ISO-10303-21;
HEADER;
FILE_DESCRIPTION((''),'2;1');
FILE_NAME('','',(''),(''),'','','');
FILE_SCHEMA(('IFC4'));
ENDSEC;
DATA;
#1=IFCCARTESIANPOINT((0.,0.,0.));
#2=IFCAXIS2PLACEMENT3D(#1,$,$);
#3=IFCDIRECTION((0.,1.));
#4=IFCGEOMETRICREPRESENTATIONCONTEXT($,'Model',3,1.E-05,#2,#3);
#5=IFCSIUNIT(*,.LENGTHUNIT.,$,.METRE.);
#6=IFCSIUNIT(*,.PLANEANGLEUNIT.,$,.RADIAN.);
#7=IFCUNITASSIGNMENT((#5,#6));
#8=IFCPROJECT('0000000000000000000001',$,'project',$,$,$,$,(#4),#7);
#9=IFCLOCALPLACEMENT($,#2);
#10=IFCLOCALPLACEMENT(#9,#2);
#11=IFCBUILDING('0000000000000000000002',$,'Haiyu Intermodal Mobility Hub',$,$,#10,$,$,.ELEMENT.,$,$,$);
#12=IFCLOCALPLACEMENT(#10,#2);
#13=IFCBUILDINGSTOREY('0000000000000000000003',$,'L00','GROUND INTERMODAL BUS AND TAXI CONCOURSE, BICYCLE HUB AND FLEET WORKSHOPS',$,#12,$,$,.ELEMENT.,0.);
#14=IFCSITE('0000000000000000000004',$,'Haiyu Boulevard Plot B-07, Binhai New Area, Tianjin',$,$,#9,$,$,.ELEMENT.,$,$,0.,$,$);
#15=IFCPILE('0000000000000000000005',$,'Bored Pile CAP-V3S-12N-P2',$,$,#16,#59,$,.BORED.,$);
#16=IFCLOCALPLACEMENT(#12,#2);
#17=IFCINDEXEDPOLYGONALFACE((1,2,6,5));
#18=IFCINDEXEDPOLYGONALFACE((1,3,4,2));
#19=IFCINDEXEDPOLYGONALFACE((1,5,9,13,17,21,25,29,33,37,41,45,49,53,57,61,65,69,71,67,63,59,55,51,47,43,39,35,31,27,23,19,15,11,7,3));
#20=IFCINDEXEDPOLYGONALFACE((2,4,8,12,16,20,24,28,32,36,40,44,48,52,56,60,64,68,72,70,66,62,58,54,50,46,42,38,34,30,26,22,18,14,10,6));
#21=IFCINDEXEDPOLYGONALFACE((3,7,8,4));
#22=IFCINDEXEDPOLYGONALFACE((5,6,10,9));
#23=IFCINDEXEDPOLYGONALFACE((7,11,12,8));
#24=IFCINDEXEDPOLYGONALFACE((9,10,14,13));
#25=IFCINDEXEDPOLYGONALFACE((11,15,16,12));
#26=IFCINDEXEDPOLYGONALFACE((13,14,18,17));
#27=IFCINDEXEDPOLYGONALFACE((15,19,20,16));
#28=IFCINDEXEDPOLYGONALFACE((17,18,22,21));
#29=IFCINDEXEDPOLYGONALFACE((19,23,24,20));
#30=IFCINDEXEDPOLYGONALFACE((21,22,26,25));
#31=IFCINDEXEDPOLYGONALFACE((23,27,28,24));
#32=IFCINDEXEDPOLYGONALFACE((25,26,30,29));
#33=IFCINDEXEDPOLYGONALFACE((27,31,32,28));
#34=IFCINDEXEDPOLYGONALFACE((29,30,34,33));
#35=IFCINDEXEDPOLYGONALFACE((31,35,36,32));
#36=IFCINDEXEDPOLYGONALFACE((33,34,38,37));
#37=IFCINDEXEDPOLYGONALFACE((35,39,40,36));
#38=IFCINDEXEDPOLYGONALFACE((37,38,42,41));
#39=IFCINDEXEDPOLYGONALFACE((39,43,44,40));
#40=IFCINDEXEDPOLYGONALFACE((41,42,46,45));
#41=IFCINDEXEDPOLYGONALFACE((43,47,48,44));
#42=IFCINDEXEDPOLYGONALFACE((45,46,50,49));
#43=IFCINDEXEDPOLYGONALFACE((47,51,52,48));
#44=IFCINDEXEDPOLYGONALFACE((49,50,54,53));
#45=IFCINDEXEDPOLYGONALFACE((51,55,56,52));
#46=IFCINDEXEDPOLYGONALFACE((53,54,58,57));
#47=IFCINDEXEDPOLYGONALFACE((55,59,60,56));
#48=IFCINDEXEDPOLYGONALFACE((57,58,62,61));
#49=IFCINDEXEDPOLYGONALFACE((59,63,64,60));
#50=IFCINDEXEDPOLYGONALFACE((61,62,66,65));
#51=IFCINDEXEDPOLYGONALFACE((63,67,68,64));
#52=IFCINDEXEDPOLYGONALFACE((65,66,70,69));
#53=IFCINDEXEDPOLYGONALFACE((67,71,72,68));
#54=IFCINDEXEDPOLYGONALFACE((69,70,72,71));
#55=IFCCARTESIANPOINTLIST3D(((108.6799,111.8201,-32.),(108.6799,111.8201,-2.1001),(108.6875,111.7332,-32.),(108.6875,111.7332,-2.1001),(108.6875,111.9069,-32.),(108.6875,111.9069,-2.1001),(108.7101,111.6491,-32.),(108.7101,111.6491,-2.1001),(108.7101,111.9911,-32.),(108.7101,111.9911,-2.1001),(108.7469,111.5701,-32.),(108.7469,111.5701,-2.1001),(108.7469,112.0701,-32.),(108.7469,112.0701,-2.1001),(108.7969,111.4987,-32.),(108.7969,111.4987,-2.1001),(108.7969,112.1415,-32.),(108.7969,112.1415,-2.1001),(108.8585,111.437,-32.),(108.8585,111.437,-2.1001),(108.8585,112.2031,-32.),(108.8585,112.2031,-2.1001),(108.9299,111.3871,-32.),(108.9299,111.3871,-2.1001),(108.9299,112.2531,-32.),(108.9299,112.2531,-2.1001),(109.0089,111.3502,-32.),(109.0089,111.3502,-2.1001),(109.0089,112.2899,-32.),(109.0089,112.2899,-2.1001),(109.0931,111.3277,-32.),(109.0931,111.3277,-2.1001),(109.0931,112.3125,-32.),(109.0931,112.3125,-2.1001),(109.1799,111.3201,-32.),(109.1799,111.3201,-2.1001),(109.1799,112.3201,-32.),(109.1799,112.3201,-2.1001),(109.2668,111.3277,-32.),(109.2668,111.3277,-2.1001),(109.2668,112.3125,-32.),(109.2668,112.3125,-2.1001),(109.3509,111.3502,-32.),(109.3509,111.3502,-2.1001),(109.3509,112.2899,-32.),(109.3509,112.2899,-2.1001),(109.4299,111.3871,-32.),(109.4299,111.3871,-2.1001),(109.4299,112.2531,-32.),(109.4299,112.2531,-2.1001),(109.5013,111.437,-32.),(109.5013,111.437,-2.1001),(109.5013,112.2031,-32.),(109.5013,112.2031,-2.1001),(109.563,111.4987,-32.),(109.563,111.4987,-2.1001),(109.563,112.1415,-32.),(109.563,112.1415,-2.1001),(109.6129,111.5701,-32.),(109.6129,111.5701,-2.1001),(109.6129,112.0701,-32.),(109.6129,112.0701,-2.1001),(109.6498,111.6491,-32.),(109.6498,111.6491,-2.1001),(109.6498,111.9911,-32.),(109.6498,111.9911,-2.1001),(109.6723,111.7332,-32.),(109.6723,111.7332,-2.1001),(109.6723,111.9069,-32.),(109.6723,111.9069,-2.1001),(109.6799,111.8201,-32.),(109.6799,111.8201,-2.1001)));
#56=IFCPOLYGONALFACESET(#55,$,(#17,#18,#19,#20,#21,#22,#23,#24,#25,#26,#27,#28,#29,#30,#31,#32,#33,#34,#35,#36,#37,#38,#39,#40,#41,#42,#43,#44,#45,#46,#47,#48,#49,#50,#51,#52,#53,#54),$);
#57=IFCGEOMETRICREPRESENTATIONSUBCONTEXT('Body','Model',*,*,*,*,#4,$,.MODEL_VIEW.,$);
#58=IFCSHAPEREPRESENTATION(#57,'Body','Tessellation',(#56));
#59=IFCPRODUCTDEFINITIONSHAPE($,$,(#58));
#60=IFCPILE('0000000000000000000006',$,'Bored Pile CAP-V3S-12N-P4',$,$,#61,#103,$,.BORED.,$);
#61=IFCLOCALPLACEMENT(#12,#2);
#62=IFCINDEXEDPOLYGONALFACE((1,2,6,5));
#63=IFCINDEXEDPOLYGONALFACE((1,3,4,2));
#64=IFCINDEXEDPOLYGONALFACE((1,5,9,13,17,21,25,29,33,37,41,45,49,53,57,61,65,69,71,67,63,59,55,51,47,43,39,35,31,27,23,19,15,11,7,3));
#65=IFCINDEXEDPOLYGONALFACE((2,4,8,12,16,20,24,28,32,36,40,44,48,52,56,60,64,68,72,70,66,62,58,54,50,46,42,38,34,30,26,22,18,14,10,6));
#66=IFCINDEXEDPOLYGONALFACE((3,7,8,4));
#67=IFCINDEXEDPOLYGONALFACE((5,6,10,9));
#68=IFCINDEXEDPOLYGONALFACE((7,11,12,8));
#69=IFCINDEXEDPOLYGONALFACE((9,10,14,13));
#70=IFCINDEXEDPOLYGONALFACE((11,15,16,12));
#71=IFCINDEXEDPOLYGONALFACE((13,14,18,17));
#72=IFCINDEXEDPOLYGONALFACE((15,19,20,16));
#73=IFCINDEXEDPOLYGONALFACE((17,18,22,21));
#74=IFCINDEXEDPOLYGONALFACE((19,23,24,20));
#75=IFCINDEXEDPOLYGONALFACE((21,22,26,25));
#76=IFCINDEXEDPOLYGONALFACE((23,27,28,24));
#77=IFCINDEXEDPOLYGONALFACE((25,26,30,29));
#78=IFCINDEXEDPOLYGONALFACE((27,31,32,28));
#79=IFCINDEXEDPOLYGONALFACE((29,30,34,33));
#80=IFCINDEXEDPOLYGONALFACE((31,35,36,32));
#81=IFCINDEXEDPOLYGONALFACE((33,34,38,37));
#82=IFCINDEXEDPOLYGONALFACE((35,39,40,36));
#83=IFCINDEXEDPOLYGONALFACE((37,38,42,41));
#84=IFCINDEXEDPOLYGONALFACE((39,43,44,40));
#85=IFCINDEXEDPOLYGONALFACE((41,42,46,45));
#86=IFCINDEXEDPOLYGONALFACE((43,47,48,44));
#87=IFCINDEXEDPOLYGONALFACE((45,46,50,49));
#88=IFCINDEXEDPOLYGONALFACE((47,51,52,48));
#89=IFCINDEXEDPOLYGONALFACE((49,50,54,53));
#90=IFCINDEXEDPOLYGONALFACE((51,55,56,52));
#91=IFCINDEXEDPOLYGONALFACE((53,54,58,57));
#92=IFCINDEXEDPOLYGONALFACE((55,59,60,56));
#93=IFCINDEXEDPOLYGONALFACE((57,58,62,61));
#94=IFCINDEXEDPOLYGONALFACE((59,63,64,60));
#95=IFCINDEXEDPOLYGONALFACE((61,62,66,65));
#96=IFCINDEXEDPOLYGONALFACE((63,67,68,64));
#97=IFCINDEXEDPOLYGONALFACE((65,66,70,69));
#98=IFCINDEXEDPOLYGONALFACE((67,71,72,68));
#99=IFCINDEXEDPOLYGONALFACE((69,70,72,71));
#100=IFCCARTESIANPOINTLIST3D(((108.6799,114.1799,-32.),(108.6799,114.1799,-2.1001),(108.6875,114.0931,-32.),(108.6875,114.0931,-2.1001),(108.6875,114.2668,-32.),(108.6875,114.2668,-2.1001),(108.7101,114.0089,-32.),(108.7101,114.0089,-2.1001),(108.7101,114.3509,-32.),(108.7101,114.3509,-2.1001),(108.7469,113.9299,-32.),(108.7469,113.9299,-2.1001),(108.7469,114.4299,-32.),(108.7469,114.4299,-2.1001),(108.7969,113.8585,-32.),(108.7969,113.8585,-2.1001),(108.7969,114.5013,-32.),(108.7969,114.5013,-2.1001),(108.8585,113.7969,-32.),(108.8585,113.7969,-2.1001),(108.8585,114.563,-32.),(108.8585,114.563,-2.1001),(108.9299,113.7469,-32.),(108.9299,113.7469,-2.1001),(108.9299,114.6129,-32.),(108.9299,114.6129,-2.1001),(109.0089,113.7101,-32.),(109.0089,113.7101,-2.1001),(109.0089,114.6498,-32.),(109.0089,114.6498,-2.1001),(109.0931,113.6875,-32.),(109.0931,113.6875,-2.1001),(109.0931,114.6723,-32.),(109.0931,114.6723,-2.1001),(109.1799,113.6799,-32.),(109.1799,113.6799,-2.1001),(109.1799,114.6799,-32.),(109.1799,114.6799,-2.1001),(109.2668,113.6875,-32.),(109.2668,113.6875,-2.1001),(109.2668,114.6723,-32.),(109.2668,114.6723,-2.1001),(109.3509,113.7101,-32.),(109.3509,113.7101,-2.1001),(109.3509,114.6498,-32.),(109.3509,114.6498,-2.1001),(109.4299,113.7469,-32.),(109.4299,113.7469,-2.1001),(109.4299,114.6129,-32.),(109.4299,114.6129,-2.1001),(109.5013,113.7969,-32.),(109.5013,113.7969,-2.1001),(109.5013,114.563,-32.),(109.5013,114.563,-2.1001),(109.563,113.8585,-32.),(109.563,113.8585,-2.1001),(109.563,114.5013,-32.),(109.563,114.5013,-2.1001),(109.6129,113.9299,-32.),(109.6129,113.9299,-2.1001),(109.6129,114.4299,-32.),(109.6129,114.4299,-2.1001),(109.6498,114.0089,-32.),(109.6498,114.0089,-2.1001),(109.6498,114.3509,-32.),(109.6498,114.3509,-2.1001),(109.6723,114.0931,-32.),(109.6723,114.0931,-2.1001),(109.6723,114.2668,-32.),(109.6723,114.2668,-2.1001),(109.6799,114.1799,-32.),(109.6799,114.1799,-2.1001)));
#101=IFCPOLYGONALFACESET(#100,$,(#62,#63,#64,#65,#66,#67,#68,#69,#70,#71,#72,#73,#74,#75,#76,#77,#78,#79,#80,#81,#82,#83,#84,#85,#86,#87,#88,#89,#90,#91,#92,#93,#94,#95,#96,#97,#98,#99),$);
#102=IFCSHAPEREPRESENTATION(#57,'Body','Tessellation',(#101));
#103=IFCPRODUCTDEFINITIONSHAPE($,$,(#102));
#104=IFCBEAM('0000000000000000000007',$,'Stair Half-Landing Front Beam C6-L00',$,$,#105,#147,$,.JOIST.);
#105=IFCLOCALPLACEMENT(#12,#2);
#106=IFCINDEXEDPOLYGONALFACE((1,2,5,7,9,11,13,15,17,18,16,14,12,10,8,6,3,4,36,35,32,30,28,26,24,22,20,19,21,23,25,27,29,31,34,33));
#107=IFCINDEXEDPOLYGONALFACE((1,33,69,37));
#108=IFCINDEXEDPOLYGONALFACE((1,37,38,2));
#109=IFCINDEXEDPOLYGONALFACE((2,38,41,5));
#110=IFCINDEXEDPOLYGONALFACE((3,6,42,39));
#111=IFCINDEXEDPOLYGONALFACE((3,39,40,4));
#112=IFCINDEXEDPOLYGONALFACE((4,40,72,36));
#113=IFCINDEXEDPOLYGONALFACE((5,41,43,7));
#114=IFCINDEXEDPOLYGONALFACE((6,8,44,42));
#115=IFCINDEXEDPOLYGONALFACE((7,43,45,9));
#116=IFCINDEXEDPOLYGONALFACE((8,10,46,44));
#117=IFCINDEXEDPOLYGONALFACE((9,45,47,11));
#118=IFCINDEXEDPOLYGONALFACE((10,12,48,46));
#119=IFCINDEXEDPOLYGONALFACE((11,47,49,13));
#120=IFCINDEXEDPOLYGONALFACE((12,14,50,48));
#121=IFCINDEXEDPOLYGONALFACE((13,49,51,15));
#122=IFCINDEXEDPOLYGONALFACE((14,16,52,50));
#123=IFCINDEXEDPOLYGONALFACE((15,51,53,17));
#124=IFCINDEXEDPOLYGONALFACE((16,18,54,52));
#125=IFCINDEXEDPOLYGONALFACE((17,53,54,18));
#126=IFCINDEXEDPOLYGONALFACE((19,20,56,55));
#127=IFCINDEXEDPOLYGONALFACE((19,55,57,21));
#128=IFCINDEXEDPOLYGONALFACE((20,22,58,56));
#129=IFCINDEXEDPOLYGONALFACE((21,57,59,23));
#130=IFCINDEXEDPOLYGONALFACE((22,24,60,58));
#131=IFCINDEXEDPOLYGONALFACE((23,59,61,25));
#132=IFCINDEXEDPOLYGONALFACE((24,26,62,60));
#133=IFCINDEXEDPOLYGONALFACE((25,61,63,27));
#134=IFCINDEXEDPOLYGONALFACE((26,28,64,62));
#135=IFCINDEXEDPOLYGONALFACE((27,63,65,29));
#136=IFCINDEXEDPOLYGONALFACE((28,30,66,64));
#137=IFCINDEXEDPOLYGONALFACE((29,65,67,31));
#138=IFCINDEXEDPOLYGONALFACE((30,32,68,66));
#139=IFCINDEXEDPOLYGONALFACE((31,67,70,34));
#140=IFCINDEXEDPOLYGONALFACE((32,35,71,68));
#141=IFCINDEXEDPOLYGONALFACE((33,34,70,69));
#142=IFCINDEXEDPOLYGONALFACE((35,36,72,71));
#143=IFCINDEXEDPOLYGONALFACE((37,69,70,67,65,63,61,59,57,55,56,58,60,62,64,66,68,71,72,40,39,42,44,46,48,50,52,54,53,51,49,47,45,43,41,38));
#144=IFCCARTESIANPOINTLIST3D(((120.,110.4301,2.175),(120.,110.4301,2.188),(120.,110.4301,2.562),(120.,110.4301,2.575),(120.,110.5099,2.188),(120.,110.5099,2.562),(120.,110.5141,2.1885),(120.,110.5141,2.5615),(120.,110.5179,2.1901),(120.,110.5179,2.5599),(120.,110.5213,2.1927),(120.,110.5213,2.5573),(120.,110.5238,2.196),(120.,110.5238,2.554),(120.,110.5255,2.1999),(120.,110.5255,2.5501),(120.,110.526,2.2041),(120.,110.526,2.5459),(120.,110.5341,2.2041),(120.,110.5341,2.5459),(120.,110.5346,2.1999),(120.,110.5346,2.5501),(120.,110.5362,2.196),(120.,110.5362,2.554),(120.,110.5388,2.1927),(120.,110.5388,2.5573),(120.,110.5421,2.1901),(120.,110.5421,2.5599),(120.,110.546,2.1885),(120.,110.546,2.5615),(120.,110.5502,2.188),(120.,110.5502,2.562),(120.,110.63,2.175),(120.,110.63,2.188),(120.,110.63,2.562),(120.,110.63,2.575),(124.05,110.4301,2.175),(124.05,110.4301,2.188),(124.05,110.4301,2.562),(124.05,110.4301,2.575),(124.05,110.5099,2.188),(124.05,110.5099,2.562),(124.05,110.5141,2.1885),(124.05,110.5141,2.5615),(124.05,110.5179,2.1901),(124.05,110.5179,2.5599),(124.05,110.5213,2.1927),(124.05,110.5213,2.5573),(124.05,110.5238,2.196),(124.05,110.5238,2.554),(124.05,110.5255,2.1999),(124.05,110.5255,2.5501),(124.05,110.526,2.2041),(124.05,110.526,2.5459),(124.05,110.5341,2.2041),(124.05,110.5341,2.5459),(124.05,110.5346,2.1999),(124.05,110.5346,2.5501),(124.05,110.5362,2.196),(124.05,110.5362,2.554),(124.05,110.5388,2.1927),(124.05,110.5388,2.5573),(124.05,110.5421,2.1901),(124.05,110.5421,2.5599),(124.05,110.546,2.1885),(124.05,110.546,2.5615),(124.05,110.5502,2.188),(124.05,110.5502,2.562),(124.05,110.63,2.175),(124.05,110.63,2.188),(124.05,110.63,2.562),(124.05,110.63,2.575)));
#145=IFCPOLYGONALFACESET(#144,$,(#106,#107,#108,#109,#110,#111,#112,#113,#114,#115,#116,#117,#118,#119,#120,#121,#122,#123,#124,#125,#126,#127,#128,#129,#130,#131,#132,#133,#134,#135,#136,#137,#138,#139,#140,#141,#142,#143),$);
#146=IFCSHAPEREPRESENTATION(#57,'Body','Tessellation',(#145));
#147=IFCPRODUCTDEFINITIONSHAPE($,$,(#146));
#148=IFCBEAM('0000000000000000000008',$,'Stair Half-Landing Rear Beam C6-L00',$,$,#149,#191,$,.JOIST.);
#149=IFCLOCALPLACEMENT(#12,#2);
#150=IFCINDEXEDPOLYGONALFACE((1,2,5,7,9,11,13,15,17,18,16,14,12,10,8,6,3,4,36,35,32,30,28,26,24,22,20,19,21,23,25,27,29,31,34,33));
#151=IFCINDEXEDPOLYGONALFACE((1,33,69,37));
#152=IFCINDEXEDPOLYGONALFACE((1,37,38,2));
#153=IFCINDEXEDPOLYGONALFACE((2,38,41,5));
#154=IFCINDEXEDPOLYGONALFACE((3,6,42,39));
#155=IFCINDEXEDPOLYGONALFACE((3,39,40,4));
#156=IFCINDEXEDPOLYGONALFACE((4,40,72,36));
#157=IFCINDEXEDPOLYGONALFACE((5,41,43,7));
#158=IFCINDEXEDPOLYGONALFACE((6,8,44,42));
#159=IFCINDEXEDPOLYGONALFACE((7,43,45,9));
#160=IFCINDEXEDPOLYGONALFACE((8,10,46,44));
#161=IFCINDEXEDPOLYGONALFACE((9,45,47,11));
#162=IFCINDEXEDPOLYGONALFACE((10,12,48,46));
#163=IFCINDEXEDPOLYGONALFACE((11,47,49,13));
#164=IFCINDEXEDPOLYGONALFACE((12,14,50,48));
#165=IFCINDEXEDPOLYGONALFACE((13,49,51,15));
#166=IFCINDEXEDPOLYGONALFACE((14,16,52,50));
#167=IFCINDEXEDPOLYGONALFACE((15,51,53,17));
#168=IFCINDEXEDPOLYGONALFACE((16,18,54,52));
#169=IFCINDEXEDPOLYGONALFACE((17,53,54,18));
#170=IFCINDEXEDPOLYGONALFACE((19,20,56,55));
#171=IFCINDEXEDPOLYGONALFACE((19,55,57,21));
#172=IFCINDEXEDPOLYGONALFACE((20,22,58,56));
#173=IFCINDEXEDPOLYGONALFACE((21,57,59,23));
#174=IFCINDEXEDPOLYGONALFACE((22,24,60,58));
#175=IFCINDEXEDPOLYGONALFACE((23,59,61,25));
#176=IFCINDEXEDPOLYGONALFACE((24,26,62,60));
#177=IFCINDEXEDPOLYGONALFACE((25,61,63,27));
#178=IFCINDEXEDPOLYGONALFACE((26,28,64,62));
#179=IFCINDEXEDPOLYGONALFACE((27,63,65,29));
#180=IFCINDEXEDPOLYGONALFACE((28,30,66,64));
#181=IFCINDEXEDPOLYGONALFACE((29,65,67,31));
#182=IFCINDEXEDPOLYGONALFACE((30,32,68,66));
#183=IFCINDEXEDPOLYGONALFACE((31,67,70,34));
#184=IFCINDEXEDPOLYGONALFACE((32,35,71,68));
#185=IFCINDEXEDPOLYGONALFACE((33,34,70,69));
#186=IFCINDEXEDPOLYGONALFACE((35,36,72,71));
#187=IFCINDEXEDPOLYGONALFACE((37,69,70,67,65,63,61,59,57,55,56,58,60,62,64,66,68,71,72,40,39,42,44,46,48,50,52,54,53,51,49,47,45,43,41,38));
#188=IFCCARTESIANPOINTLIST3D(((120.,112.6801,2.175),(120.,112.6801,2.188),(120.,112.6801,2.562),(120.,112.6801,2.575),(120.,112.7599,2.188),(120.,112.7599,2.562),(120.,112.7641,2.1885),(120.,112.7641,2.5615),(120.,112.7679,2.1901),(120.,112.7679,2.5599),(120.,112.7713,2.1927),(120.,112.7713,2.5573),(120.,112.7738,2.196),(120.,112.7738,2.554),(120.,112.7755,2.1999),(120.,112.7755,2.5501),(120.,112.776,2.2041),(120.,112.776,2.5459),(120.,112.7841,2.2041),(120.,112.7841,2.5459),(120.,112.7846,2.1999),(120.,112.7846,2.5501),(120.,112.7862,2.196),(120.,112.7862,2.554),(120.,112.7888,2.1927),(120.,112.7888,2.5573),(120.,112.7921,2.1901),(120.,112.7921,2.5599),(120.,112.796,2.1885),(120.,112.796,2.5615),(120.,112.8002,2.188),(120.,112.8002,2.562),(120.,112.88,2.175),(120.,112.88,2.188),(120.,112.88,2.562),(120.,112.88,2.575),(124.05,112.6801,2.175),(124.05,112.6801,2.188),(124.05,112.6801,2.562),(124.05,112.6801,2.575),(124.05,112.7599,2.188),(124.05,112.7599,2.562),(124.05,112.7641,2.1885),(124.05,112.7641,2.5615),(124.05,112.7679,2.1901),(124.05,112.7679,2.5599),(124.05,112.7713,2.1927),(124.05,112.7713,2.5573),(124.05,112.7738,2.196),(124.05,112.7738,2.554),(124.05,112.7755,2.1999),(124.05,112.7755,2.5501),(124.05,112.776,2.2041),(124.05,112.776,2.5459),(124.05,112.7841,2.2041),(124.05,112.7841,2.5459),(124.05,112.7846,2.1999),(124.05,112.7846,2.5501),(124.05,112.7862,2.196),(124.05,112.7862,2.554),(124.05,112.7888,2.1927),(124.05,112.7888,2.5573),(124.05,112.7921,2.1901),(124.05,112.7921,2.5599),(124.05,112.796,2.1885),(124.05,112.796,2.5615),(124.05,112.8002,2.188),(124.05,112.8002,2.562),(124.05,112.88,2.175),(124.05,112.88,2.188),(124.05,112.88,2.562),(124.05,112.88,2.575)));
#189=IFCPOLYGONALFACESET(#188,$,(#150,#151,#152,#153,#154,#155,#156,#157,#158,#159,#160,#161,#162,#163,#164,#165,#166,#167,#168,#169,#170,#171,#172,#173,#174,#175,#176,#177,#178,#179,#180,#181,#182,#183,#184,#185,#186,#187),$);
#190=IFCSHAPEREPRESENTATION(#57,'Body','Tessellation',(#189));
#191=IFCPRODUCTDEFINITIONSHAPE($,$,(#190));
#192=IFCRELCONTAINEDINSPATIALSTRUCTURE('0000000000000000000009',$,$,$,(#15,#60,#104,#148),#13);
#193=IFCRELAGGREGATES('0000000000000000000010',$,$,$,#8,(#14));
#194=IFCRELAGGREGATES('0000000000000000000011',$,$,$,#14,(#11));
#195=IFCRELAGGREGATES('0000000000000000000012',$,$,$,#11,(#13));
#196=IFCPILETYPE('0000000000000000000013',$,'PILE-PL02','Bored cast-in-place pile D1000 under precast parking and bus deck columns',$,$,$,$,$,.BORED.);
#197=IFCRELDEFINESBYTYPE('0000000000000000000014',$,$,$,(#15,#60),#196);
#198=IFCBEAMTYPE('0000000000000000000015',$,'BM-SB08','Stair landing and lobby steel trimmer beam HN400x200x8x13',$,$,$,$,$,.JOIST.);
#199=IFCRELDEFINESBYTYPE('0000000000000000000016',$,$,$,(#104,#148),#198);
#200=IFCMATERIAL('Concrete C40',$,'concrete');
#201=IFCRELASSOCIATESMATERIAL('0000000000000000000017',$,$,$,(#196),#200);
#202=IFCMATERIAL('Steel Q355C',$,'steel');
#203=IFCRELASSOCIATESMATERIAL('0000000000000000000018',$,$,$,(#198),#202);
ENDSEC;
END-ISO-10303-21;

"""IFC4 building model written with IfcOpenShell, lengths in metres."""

from ifc_helpers import new_model, si_unit, direction, frame, origin, origin_2d, place, context, subcontext, project, spatial, circle, i_section, extrude, material, material_profile, profile_set, type_object, element, save


model = new_model("IFC4")

# Units and contexts
model_context = context("Model", 3, precision=1e-05, world=origin(), true_north=direction((0.0, 1.0)))
body_context = subcontext(model_context, "Body", "Model", "MODEL_VIEW")
ifc_project = project(units=[si_unit("LENGTHUNIT", "METRE"), si_unit("PLANEANGLEUNIT", "RADIAN")], contexts=[model_context])

# Site, building, storey
site_placement = place(None, origin())
site = spatial("IfcSite", under=ifc_project, at=site_placement, Name="Haiyu Boulevard Plot B-07, Binhai New Area, Tianjin", CompositionType="ELEMENT", RefElevation=0.0)
building_placement = place(site_placement, origin())
building = spatial("IfcBuilding", under=site, at=building_placement, Name="Haiyu Intermodal Mobility Hub", CompositionType="ELEMENT")
storey_placement = place(building_placement, origin())
storey = spatial("IfcBuildingStorey", under=building, at=storey_placement, Name="L00", Description="GROUND INTERMODAL BUS AND TAXI CONCOURSE, BICYCLE HUB AND FLEET WORKSHOPS", CompositionType="ELEMENT", Elevation=0.0)

# Shared definitions
ifc_material_1 = material(Name="Concrete C40", Category="concrete")

# Piles
ifc_material_profile_1 = material_profile(ifc_material_1, circle(Radius=0.5, at=origin_2d()), Name="PILE-D1000")
ifc_profile_set_1 = profile_set([ifc_material_profile_1], Name="Concrete C40")
pile_type_1 = type_object("IfcPileType", Name="PILE-PL02", Description="Bored cast-in-place pile D1000 under precast parking and bus deck columns", PredefinedType="BORED", material=ifc_profile_set_1)
for number, where, z_axis, x_axis, name in (
    (1, (109.1799, 111.8201, -2.1001), (0.0, 0.0, -1.0), (1.0, 0.0, 0.0), "Bored Pile CAP-V3S-12N-P2"),
    (2, (109.1799, 114.1799, -2.1001), (0.0, 0.0, -1.0), (1.0, 0.0, 0.0), "Bored Pile CAP-V3S-12N-P4"),
):
    element("IfcPile", number, at=place(storey_placement, frame(where, z_axis=z_axis, x_axis=x_axis)), inside=storey, type_object=pile_type_1, Name=name, PredefinedType="BORED", context=body_context, shape_type="SweptSolid", body=[
        extrude(circle(Radius=0.5, at=origin_2d()), origin(), (0.0, 0.0, 1.0), 29.8999),
    ])

# Beams
ifc_material_2 = material(Name="Steel Q355C", Category="steel")
ifc_material_profile_2 = material_profile(ifc_material_2, i_section(OverallWidth=0.2, OverallDepth=0.3999, WebThickness=0.0081, FlangeThickness=0.0129, FilletRadius=0.0161, at=origin_2d()), Name="HN400x200x8x13")
ifc_profile_set_2 = profile_set([ifc_material_profile_2], Name="Steel Q355C")
beam_type = type_object("IfcBeamType", Name="BM-SB08", Description="Stair landing and lobby steel trimmer beam HN400x200x8x13", PredefinedType="JOIST", material=ifc_profile_set_2)
for number, where, z_axis, x_axis, name in (
    (3, (120.0, 110.53, 2.375), (1.0, 0.0, 0.0), (0.0, 1.0, 0.0), "Stair Half-Landing Front Beam C6-L00"),
    (4, (120.0, 112.78, 2.375), (1.0, 0.0, 0.0), (0.0, 1.0, 0.0), "Stair Half-Landing Rear Beam C6-L00"),
):
    element("IfcBeam", number, at=place(storey_placement, frame(where, z_axis=z_axis, x_axis=x_axis)), inside=storey, type_object=beam_type, Name=name, PredefinedType="JOIST", context=body_context, shape_type="SweptSolid", body=[
        extrude(i_section(OverallWidth=0.2, OverallDepth=0.3999, WebThickness=0.0081, FlangeThickness=0.0129, FilletRadius=0.0161, at=origin_2d()), origin(), (0.0, 0.0, 1.0), 4.05),
    ])

save(model, "model.ifc")
